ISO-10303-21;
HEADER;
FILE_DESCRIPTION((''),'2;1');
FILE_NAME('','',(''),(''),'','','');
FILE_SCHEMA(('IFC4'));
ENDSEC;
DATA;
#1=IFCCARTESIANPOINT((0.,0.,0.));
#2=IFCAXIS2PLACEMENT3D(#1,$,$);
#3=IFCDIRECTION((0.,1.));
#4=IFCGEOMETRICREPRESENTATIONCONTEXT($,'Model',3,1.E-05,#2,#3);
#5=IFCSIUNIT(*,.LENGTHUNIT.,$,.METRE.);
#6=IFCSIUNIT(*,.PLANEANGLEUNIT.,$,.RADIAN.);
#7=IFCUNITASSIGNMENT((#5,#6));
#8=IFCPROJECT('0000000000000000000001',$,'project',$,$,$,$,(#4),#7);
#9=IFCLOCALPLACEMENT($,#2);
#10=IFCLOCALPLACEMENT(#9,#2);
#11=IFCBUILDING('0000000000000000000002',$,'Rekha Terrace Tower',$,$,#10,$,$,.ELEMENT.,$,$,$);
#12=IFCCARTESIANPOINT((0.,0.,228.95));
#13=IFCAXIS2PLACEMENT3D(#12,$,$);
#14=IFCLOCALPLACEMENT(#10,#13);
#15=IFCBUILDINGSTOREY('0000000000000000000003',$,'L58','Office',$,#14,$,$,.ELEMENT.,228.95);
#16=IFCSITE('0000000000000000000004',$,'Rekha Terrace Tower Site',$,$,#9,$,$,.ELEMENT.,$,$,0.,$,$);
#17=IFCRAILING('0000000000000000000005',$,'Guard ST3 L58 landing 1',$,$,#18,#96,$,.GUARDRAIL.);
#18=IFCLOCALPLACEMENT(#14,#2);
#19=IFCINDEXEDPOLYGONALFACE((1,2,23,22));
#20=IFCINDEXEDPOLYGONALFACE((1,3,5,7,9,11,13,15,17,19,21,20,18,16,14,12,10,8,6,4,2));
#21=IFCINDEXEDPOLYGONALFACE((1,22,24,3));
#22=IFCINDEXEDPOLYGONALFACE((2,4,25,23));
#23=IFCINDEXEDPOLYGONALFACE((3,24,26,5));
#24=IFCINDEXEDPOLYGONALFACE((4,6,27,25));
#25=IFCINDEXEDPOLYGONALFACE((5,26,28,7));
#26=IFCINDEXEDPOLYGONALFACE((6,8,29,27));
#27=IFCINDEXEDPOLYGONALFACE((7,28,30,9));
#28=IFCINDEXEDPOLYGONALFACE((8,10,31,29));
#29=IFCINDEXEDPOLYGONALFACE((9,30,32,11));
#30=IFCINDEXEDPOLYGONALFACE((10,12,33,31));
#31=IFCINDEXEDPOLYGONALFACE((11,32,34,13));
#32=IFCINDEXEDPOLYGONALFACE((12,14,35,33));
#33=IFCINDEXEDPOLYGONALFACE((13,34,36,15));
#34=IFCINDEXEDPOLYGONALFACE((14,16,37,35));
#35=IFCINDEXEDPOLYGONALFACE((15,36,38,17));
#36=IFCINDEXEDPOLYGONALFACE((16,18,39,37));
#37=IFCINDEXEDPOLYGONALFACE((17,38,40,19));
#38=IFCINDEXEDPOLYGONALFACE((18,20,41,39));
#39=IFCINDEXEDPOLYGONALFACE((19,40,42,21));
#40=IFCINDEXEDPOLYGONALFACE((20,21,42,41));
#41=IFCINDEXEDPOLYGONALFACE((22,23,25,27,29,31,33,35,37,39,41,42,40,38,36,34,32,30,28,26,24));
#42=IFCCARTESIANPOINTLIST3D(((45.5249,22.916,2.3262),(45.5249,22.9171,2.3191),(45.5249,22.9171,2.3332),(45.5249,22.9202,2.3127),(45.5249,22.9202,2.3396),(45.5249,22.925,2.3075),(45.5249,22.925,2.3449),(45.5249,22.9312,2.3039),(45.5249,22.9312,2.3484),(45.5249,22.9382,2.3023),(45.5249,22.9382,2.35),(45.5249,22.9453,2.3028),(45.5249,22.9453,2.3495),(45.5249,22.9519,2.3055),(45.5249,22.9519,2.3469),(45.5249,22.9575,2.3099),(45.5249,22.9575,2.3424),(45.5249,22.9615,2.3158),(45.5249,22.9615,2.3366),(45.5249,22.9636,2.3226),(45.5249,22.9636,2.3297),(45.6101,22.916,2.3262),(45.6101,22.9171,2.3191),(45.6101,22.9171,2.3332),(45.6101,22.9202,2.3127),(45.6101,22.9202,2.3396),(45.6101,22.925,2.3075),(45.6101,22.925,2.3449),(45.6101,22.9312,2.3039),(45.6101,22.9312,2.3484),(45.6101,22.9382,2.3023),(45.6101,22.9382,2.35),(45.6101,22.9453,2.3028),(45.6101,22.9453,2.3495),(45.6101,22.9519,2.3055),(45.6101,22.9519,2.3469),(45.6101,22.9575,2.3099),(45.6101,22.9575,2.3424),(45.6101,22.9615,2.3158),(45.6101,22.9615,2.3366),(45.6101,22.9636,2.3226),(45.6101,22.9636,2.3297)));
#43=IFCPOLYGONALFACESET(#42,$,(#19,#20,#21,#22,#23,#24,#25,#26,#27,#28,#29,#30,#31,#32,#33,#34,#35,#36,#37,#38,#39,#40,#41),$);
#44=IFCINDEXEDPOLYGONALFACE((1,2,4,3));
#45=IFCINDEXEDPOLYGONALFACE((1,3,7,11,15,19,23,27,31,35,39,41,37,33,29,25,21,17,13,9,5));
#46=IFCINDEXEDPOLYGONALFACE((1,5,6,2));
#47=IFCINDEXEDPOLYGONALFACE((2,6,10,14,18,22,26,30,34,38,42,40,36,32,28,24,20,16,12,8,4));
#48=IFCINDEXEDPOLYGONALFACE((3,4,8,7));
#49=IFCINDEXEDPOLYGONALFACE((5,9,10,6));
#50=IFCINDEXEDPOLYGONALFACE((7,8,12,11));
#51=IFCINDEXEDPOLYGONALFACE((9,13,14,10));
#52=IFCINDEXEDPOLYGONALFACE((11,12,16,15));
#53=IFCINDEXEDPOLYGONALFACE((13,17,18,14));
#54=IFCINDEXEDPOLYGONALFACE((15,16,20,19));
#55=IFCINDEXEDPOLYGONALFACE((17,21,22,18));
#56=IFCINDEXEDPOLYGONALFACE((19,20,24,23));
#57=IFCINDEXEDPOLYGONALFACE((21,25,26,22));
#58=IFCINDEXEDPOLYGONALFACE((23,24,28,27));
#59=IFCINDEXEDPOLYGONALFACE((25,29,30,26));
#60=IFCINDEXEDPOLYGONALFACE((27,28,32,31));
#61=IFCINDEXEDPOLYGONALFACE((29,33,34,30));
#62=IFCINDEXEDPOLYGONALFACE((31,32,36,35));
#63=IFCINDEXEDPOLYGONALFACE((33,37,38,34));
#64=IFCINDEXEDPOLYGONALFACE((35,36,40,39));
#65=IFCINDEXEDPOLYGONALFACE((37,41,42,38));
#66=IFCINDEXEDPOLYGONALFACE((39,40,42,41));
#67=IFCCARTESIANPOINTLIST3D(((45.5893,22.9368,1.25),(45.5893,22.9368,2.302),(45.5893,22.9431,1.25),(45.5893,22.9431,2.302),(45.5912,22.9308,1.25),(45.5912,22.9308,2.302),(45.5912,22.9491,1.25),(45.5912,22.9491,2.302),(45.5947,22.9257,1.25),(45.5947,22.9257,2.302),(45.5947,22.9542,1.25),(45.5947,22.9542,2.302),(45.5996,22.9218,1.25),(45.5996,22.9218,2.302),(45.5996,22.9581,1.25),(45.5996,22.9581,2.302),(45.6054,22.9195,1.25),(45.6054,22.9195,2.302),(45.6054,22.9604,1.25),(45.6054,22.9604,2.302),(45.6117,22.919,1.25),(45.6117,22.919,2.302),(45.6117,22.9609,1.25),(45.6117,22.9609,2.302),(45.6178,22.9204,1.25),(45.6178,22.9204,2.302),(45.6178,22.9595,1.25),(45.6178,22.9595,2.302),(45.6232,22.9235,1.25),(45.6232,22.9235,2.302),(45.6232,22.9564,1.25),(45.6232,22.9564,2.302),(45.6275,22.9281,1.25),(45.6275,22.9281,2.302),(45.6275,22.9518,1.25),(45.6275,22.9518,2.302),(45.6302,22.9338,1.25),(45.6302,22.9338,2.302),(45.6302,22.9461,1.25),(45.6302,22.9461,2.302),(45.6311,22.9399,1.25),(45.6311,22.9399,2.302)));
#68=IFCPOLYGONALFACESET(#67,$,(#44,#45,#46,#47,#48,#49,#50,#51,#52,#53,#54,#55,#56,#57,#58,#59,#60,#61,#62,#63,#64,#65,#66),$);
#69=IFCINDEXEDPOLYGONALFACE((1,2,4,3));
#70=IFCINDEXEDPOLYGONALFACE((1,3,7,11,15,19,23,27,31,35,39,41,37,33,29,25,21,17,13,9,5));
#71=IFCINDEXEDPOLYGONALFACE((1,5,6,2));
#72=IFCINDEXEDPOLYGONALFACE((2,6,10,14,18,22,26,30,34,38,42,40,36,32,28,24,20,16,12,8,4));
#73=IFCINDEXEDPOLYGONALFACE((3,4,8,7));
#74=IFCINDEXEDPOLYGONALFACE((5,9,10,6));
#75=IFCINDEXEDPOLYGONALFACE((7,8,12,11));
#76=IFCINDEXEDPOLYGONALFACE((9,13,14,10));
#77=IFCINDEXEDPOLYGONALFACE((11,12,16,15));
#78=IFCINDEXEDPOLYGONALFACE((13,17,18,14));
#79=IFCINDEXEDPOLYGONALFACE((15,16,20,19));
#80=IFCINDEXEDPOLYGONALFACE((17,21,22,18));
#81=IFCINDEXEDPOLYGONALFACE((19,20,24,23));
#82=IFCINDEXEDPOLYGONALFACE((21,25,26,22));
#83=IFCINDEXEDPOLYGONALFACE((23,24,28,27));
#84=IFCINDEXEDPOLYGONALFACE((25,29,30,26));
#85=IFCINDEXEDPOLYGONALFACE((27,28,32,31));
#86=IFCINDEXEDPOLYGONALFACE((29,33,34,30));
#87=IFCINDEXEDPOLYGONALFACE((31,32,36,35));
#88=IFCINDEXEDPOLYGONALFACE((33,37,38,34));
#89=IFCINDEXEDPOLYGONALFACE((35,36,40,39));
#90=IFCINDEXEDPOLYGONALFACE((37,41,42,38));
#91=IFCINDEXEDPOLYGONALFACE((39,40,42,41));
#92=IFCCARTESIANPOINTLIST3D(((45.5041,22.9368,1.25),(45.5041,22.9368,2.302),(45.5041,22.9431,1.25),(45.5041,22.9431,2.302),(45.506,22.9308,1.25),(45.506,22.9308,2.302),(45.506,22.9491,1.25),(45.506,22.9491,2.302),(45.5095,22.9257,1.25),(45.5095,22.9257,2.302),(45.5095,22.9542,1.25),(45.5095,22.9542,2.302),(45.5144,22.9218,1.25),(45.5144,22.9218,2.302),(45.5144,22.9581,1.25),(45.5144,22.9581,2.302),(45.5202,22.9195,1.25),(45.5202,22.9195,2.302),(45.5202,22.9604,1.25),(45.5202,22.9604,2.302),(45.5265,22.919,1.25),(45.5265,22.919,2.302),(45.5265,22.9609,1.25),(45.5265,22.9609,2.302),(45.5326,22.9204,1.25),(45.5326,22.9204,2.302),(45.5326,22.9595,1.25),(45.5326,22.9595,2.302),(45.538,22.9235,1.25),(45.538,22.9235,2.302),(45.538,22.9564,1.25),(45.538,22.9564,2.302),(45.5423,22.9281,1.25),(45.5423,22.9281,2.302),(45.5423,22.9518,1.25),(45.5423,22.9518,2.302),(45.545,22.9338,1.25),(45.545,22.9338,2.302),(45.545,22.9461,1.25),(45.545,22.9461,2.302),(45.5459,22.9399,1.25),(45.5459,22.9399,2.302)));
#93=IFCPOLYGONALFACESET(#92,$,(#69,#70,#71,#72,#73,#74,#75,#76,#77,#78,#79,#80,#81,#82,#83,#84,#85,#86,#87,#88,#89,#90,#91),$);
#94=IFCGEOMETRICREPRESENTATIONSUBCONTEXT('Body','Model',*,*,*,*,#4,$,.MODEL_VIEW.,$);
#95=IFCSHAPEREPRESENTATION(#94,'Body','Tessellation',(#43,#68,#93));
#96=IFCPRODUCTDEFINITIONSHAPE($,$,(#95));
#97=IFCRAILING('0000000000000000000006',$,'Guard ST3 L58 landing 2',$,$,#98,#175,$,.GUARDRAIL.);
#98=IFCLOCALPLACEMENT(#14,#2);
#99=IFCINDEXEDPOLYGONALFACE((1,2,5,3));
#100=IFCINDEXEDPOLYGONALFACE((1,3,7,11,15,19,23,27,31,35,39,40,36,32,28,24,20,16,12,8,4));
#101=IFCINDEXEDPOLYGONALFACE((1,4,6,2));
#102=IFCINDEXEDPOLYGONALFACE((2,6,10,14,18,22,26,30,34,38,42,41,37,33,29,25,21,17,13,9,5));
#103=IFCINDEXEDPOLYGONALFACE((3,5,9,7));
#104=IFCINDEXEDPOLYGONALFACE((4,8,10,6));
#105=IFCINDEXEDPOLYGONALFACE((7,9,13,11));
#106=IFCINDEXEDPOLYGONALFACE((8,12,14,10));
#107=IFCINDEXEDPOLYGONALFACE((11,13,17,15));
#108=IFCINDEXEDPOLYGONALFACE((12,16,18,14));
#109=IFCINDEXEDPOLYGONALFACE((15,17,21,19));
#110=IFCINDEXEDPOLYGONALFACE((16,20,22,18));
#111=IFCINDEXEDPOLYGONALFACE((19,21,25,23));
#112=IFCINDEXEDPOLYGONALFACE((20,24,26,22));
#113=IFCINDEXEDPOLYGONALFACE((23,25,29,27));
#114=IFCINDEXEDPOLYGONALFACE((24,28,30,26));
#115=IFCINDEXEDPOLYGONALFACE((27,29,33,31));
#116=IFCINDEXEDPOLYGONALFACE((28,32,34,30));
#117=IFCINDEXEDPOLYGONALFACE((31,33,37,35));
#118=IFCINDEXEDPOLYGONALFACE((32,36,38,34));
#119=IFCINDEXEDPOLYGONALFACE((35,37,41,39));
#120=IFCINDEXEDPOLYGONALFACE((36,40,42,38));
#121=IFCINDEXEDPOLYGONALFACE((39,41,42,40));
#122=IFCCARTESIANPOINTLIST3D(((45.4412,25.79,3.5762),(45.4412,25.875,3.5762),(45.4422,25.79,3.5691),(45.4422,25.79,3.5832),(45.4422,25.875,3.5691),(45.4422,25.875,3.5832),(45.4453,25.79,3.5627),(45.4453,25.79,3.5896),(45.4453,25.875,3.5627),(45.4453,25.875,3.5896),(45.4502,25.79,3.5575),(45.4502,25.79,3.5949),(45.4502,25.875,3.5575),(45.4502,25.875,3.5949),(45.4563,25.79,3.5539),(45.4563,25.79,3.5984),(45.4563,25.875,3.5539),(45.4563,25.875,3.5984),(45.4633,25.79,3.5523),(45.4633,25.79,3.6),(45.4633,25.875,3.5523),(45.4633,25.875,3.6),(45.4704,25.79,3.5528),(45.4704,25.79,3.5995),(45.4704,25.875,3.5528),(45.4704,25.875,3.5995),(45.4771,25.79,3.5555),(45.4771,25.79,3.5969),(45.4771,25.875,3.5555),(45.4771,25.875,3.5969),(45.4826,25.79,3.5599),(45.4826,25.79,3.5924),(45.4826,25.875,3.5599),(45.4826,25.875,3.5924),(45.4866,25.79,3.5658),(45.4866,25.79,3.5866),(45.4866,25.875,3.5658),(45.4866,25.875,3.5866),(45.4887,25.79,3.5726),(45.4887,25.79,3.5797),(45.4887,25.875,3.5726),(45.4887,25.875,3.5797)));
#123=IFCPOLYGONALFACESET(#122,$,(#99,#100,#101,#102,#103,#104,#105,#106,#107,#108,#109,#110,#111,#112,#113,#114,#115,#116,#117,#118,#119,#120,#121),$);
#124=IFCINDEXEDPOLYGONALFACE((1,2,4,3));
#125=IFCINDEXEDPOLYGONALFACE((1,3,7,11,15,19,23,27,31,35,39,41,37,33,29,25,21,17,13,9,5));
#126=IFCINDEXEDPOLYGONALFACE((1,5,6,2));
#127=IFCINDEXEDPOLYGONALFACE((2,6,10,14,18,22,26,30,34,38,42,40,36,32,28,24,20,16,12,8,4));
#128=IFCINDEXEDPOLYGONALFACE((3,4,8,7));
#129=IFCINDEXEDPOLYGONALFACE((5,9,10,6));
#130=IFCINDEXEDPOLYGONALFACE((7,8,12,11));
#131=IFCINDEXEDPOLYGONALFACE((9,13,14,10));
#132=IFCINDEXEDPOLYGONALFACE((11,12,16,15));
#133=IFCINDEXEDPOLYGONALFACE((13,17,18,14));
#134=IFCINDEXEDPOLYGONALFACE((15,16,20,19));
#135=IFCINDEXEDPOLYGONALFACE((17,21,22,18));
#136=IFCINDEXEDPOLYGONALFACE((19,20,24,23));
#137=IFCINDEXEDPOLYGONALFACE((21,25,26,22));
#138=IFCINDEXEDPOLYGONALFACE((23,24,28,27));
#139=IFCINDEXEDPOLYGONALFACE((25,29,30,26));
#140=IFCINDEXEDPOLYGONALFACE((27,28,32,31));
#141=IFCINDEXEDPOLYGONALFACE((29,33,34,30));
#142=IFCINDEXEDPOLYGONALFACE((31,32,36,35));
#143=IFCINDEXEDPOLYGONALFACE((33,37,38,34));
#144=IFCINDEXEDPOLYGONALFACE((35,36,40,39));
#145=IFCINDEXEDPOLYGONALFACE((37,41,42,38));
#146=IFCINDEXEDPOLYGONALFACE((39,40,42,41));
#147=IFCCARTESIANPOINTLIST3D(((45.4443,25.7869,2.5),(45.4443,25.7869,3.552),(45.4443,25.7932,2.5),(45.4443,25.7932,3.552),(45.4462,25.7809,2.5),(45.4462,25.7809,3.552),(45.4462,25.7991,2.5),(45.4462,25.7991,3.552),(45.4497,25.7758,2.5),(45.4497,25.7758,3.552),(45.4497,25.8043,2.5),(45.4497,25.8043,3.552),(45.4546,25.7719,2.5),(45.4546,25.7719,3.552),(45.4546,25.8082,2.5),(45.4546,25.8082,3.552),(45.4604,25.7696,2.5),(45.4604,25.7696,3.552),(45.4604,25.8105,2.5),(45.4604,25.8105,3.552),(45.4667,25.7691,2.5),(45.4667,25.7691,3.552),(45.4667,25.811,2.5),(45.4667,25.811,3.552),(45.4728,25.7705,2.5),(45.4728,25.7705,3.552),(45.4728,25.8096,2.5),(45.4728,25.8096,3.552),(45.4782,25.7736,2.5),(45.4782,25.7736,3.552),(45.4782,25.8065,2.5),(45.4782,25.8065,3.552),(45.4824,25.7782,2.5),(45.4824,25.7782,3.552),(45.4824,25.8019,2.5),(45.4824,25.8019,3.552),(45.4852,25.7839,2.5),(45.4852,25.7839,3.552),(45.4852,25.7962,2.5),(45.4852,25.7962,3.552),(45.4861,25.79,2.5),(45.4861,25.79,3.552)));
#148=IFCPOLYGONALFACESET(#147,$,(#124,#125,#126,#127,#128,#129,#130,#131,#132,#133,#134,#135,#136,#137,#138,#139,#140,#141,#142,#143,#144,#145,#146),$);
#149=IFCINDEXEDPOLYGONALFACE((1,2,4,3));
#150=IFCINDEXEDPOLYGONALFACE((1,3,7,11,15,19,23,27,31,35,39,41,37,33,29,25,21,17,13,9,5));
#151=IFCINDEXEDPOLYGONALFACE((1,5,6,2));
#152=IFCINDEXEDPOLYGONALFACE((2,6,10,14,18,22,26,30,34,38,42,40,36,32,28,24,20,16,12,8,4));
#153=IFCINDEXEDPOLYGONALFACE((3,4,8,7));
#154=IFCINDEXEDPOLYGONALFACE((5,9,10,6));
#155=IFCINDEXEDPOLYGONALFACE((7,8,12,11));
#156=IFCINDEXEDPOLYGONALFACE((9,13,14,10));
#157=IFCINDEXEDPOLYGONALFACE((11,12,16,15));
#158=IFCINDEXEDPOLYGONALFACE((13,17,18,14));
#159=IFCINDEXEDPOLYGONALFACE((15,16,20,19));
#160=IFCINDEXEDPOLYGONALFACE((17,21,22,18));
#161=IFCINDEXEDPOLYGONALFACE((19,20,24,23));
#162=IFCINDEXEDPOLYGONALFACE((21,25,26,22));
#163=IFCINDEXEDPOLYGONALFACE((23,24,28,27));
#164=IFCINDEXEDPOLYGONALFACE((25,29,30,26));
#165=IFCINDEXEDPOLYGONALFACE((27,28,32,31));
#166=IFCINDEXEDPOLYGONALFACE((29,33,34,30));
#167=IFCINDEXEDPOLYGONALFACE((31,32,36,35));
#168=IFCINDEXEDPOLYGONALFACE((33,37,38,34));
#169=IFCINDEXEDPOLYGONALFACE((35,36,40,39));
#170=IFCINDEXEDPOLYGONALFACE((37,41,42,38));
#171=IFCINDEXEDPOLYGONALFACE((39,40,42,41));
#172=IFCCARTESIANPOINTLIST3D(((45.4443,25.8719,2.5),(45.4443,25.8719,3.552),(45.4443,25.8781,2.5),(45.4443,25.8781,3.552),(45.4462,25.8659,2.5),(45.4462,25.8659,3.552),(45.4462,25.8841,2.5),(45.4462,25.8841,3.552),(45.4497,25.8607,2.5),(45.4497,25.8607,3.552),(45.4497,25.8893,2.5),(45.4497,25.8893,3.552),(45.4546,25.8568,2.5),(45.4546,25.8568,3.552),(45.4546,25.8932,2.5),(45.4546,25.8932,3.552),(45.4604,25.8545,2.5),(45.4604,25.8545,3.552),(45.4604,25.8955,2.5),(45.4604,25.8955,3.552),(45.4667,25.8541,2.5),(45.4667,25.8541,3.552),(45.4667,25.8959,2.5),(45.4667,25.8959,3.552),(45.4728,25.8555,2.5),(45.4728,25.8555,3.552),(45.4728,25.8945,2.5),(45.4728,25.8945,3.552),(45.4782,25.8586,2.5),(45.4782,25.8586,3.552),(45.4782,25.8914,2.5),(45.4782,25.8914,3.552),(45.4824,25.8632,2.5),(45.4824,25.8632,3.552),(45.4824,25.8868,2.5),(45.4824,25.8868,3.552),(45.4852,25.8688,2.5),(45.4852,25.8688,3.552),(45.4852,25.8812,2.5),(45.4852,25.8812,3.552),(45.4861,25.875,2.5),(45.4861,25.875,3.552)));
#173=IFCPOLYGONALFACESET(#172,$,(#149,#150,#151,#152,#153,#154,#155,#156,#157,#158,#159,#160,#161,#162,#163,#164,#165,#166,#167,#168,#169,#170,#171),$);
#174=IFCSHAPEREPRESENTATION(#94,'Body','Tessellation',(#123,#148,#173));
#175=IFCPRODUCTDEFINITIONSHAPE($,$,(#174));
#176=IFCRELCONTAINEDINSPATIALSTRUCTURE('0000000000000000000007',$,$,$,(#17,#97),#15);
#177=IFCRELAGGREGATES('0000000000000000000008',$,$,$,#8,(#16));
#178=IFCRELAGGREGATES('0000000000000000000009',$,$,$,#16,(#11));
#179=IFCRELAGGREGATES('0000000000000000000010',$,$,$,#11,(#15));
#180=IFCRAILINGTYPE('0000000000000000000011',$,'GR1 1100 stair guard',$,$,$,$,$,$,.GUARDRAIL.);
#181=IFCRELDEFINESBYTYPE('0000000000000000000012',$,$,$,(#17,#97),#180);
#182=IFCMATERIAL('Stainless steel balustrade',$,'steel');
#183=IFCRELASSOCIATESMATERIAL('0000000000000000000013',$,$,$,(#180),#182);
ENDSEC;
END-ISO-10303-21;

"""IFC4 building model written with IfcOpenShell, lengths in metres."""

from ifc_helpers import new_model, si_unit, direction, frame, origin, origin_2d, place, context, subcontext, project, spatial, circle, extrude, material, type_object, element, save


model = new_model("IFC4")

# Units and contexts
model_context = context("Model", 3, precision=1e-05, world=origin(), true_north=direction((0.0, 1.0)))
body_context = subcontext(model_context, "Body", "Model", "MODEL_VIEW")
ifc_project = project(units=[si_unit("LENGTHUNIT", "METRE"), si_unit("PLANEANGLEUNIT", "RADIAN")], contexts=[model_context])

# Site, building, storey
site_placement = place(None, origin())
site = spatial("IfcSite", under=ifc_project, at=site_placement, Name="Rekha Terrace Tower Site", CompositionType="ELEMENT", RefElevation=0.0)
building_placement = place(site_placement, origin())
building = spatial("IfcBuilding", under=site, at=building_placement, Name="Rekha Terrace Tower", CompositionType="ELEMENT")
storey_placement = place(building_placement, frame((0.0, 0.0, 228.95)))
storey = spatial("IfcBuildingStorey", under=building, at=storey_placement, Name="L58", Description="Office", CompositionType="ELEMENT", Elevation=228.95)

# Railings
ifc_material_1 = material(Name="Stainless steel balustrade", Category="steel")
railing_type_1 = type_object("IfcRailingType", Name="GR1 1100 stair guard", PredefinedType="GUARDRAIL", material=ifc_material_1)
railing_1_placement = place(storey_placement, frame((45.6101, 22.9399, 1.25)))
element("IfcRailing", 1, at=railing_1_placement, inside=storey, type_object=railing_type_1, Name="Guard ST3 L58 landing 1", PredefinedType="GUARDRAIL", context=body_context, shape_type="SweptSolid", body=[
    extrude(circle(Radius=0.0239, at=origin_2d()), frame((0.0, 0.0, 1.0762), z_axis=(-1.0, 0.0, 0.0), x_axis=(0.0, -1.0, 0.0)), (0.0, 0.0, 1.0), 0.0852),
    extrude(circle(Radius=0.021, at=origin_2d()), origin(), (0.0, 0.0, 1.0), 1.052),
    extrude(circle(Radius=0.021, at=origin_2d()), frame((-0.0852, 0.0, 0.0)), (0.0, 0.0, 1.0), 1.052),
])
railing_2_placement = place(storey_placement, frame((45.4651, 25.79, 2.5)))
element("IfcRailing", 2, at=railing_2_placement, inside=storey, type_object=railing_type_1, Name="Guard ST3 L58 landing 2", PredefinedType="GUARDRAIL", context=body_context, shape_type="SweptSolid", body=[
    extrude(circle(Radius=0.0239, at=origin_2d()), frame((0.0, 0.0, 1.0762), z_axis=(0.0, 1.0, 0.0), x_axis=(-1.0, 0.0, 0.0)), (0.0, 0.0, 1.0), 0.085),
    extrude(circle(Radius=0.021, at=origin_2d()), origin(), (0.0, 0.0, 1.0), 1.052),
    extrude(circle(Radius=0.021, at=origin_2d()), frame((0.0, 0.085, 0.0)), (0.0, 0.0, 1.0), 1.052),
])

save(model, "model.ifc")
